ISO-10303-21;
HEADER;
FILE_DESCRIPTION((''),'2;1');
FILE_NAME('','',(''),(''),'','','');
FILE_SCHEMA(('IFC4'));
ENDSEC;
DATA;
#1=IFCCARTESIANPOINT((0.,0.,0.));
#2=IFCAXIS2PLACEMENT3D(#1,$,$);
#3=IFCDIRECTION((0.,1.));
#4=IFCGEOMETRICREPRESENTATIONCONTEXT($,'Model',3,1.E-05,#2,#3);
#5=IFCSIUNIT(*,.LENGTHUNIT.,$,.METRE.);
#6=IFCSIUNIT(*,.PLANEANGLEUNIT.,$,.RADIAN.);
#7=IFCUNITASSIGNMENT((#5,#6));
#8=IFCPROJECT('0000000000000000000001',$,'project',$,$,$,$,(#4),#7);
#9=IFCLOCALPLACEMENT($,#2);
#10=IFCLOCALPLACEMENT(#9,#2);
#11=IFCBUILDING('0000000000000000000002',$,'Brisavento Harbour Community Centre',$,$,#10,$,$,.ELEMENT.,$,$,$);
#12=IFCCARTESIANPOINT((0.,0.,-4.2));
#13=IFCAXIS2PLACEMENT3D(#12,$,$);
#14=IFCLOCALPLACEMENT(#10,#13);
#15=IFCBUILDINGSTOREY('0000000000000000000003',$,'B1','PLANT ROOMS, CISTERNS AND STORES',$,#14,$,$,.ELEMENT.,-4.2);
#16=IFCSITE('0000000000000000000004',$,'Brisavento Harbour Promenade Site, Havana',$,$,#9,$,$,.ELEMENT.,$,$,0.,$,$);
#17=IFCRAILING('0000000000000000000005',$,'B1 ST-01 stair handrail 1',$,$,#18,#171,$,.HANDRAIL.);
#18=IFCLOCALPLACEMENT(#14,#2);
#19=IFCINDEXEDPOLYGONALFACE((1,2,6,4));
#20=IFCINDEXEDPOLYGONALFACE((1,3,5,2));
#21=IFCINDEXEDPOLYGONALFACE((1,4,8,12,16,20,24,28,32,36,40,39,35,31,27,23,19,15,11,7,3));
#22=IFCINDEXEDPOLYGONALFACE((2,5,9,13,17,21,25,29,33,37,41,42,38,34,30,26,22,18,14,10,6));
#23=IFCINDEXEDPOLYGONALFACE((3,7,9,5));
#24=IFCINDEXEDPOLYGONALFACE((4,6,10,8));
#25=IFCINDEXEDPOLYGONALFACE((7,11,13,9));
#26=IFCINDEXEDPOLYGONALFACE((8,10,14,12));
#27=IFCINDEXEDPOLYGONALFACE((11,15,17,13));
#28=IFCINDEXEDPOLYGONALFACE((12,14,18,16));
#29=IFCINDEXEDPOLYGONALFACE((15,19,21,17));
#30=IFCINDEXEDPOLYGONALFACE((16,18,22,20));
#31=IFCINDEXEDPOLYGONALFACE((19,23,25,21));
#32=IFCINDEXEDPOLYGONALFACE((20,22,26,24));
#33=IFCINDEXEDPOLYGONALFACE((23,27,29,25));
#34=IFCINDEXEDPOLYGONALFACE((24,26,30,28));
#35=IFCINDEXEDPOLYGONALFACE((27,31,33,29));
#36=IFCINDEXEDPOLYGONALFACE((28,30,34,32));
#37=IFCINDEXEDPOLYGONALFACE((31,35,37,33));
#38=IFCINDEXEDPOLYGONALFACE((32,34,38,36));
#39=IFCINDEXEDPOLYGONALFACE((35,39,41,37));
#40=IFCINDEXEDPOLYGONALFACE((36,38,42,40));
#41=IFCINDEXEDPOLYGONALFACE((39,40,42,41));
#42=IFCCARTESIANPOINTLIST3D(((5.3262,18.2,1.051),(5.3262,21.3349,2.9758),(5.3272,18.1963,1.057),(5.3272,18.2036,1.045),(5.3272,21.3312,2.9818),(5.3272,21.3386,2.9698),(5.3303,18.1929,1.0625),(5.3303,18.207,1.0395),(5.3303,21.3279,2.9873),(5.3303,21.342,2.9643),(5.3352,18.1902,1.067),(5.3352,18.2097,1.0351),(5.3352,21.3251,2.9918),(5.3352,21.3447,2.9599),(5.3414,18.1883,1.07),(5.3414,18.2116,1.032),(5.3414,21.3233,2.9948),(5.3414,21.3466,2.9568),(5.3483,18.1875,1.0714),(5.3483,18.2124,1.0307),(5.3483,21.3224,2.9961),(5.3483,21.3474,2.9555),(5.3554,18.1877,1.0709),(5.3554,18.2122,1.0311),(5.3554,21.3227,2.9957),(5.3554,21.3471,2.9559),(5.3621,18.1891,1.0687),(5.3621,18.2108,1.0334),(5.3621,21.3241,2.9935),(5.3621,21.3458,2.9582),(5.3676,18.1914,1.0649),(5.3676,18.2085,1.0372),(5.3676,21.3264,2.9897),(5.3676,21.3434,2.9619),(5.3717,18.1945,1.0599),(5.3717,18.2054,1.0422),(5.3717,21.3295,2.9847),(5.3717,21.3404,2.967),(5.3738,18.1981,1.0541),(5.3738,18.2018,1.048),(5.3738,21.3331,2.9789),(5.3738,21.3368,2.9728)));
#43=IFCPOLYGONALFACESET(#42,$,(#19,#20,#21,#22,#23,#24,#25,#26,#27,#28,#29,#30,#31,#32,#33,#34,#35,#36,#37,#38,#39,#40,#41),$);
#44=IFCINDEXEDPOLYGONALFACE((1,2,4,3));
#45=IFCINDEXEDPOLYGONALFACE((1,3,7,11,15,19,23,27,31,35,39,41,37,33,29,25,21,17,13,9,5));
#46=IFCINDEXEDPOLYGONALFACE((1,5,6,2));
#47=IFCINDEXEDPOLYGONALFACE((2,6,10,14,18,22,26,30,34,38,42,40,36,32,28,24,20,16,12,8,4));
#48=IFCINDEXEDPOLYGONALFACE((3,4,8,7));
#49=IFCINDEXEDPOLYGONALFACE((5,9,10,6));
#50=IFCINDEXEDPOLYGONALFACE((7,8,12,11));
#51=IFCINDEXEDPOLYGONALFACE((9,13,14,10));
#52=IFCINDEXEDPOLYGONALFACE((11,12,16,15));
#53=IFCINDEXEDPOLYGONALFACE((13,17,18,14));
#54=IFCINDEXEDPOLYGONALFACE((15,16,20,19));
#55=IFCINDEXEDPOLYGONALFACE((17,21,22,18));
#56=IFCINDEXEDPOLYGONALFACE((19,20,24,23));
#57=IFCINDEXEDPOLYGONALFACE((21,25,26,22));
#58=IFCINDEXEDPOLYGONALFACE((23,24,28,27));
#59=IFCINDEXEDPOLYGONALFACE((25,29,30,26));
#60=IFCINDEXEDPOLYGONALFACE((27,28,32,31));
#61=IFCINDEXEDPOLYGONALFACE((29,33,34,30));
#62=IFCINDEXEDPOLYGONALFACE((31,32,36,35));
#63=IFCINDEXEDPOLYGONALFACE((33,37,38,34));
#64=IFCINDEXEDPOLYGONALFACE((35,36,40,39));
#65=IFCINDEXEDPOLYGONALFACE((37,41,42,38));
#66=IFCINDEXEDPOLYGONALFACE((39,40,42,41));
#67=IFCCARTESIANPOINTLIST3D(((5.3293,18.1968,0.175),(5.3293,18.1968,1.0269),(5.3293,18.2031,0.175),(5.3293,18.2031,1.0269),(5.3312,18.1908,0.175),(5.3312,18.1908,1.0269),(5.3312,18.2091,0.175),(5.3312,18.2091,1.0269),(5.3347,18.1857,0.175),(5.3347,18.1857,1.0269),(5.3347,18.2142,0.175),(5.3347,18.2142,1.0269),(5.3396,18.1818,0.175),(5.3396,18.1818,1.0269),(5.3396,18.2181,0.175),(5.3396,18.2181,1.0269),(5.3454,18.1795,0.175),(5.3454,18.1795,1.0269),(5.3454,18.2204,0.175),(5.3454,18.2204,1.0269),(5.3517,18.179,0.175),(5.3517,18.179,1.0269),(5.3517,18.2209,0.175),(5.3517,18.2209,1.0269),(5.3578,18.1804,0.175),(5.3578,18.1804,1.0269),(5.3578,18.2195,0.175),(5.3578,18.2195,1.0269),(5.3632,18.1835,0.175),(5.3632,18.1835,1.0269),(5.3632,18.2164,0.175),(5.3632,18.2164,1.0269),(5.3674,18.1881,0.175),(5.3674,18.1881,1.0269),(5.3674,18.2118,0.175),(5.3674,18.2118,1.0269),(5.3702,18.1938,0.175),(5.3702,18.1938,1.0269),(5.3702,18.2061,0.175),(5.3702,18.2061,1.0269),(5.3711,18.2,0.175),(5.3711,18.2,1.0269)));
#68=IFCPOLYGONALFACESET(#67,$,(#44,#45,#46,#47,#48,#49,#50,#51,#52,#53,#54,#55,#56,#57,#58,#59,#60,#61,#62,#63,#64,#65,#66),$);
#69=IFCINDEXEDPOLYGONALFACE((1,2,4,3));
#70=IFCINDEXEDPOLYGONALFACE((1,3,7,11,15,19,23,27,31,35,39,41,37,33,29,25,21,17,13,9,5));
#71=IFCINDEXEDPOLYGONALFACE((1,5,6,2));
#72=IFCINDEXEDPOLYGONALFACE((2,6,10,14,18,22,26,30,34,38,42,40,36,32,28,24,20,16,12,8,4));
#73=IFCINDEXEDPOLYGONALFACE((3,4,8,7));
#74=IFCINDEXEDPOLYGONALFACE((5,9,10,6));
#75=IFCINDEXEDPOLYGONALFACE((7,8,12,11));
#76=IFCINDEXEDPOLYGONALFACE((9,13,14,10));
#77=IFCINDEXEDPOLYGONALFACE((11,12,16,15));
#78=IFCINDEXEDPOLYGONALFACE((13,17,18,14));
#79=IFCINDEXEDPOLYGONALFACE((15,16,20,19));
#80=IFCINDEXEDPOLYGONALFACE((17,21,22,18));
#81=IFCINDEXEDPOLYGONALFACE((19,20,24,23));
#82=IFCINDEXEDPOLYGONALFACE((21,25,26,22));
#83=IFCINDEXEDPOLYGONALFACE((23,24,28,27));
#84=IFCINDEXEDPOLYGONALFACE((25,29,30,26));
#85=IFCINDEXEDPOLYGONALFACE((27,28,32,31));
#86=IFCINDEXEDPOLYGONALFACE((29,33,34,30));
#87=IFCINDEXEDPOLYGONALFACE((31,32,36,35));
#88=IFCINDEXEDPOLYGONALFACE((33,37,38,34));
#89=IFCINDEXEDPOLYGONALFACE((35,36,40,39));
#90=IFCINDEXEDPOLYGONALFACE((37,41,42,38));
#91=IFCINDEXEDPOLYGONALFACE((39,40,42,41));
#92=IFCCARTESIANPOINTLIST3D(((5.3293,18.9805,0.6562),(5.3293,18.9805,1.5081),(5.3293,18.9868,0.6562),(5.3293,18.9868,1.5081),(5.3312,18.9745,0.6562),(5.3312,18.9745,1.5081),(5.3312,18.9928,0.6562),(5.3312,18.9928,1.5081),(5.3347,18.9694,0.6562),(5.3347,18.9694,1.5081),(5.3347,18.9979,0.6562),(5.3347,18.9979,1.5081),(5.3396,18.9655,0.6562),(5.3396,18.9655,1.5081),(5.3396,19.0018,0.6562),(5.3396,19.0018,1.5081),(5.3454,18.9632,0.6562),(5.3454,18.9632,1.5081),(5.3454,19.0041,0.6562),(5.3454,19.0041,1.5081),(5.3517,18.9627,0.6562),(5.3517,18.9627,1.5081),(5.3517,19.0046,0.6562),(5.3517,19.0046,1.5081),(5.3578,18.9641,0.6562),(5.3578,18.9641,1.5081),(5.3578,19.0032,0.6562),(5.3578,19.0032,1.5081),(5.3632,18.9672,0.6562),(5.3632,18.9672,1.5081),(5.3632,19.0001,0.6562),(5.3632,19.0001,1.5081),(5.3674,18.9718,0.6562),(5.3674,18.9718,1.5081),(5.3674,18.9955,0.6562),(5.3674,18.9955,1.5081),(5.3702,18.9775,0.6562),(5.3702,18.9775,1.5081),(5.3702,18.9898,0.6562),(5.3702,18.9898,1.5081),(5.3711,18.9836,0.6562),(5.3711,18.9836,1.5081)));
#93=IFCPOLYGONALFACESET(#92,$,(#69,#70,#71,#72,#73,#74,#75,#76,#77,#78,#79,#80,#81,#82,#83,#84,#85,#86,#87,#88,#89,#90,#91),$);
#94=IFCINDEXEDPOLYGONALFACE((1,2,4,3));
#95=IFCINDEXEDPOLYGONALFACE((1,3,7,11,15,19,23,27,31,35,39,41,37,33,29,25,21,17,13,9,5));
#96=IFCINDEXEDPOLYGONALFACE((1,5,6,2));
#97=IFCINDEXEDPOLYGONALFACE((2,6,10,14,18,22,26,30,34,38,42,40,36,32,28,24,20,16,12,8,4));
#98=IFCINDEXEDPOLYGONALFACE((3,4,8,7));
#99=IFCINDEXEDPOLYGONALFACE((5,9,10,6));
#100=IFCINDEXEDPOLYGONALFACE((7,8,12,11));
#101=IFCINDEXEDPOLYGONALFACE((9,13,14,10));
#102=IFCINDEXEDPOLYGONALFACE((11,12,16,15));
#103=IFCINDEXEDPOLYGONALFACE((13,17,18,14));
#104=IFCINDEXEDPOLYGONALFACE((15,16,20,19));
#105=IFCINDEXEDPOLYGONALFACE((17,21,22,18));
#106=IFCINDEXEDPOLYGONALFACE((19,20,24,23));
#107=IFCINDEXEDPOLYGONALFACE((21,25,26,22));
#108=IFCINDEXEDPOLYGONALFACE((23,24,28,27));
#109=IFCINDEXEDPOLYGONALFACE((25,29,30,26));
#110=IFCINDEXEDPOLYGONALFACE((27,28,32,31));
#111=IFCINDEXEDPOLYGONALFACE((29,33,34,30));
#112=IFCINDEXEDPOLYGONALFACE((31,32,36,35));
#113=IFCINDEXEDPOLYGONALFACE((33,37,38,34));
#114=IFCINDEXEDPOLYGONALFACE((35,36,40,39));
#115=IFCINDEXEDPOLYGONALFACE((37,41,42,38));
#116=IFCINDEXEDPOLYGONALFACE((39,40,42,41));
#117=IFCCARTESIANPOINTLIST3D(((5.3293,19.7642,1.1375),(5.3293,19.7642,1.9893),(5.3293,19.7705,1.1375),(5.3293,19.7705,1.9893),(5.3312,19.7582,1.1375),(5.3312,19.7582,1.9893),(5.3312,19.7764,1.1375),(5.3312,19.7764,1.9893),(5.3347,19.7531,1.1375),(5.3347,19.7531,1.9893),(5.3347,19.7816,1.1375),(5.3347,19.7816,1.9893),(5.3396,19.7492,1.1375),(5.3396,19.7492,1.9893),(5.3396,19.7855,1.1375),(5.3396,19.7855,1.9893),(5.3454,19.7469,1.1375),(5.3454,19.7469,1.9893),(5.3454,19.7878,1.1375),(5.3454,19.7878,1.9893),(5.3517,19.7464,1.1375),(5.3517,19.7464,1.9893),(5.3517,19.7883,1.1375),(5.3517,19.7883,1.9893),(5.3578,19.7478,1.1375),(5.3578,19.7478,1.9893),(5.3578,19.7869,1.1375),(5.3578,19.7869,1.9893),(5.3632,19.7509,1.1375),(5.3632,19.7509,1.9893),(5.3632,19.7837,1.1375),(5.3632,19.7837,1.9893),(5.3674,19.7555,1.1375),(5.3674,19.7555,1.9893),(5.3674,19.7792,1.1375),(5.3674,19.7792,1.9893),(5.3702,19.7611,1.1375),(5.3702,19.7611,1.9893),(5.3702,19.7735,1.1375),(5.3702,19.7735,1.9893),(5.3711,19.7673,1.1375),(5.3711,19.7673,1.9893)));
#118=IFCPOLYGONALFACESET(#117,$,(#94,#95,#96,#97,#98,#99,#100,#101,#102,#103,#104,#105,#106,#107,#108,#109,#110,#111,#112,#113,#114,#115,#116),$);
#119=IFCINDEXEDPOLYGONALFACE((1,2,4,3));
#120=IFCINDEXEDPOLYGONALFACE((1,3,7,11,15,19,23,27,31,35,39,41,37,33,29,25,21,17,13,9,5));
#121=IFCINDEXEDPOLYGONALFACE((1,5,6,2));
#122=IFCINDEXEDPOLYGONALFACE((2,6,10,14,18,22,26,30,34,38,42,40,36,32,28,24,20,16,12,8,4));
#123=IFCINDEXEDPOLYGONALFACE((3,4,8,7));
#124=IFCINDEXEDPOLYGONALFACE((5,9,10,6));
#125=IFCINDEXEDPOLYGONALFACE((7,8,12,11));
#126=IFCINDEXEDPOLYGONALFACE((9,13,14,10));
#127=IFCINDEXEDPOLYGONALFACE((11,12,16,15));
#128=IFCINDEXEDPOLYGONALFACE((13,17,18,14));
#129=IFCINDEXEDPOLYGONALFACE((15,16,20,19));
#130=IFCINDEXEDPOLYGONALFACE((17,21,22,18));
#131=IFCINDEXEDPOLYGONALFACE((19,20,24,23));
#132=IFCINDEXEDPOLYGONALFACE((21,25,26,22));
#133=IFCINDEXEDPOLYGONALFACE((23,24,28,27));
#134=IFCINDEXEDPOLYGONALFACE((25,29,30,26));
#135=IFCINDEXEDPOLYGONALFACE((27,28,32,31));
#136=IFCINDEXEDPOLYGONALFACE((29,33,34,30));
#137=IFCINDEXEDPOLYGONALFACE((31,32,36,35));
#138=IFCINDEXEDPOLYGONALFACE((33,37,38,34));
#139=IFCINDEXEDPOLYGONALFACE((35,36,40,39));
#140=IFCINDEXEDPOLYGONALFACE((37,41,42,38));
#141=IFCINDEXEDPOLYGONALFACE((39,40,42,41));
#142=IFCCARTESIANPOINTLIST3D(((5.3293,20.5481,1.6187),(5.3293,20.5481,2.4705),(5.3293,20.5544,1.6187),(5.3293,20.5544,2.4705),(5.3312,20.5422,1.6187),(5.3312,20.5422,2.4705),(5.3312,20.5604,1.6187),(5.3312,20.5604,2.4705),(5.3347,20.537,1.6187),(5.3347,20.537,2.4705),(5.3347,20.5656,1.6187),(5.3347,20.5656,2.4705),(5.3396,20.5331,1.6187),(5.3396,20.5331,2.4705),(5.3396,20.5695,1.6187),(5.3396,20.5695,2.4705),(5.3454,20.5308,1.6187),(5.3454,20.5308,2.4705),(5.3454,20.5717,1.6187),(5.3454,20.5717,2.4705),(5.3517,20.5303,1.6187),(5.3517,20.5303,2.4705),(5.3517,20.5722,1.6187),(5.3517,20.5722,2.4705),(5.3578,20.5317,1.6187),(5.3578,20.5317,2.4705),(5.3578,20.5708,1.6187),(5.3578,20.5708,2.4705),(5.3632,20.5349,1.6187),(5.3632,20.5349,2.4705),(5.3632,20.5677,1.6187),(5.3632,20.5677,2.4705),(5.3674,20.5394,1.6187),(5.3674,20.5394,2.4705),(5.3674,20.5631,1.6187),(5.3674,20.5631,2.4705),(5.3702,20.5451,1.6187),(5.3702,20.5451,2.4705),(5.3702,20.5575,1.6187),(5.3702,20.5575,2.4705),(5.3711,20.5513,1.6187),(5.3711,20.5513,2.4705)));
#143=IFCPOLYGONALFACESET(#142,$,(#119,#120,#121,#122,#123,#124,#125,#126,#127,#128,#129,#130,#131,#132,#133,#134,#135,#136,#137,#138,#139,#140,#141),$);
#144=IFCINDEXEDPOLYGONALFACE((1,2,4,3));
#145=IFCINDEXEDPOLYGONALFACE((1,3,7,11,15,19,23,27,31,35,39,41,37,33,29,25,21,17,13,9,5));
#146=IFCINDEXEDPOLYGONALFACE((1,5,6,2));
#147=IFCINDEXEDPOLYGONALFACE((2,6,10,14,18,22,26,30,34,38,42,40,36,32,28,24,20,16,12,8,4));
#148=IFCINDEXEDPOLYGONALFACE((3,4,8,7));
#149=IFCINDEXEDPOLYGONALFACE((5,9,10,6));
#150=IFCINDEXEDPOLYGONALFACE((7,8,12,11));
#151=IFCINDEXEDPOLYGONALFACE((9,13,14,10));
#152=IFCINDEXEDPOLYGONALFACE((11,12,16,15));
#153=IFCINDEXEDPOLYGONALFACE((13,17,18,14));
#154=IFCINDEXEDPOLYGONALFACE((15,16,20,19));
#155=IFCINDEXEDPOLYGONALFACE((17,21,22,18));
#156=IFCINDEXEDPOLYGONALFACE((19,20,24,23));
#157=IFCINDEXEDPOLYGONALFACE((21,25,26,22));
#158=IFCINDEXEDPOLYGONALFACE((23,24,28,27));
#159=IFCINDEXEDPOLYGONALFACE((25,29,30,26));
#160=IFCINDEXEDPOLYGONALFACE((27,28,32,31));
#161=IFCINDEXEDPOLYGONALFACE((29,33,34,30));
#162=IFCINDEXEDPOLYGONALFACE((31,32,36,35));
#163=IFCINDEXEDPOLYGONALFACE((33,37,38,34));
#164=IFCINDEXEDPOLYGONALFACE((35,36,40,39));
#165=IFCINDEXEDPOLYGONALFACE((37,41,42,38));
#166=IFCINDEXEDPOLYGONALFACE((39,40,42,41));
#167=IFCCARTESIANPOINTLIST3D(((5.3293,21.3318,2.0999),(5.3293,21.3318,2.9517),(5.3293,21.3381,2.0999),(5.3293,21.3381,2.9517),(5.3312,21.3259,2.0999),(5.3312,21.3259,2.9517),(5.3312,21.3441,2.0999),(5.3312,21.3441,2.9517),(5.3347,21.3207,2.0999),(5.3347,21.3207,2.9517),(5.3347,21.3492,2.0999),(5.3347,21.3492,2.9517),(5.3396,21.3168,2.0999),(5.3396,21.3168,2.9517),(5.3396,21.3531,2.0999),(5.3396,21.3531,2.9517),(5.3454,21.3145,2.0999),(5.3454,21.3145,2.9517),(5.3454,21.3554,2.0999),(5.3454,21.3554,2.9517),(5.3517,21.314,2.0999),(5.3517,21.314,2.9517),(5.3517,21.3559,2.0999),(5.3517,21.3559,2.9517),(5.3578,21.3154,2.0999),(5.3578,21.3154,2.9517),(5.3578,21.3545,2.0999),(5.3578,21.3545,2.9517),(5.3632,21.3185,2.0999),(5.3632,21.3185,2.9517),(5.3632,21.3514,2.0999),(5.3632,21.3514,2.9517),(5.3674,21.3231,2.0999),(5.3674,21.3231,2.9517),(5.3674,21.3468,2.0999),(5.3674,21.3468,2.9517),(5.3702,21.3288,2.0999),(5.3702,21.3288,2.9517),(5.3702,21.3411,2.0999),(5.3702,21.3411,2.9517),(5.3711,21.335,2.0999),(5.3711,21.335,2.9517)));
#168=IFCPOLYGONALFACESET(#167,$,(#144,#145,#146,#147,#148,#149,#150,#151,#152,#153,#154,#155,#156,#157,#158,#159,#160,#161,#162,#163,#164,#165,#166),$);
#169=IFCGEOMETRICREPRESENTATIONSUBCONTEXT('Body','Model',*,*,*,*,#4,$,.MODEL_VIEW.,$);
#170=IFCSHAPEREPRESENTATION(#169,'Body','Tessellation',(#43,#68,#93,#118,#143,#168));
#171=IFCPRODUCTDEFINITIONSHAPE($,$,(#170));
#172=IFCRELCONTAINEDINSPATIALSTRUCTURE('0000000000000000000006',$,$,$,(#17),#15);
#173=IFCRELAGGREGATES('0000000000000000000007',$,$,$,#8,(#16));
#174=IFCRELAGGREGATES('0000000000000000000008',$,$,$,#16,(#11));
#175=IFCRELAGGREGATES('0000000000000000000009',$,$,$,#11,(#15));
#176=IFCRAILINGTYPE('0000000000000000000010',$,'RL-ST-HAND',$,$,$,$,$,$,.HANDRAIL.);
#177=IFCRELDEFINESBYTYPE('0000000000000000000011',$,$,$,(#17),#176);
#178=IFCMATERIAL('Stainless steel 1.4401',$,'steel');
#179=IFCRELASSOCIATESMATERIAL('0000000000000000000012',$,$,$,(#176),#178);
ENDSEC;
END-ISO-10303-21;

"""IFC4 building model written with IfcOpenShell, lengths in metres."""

from ifc_helpers import new_model, si_unit, direction, frame, origin, origin_2d, place, context, subcontext, project, spatial, circle, extrude, material, type_object, element, save


model = new_model("IFC4")

# Units and contexts
model_context = context("Model", 3, precision=1e-05, world=origin(), true_north=direction((0.0, 1.0)))
body_context = subcontext(model_context, "Body", "Model", "MODEL_VIEW")
ifc_project = project(units=[si_unit("LENGTHUNIT", "METRE"), si_unit("PLANEANGLEUNIT", "RADIAN")], contexts=[model_context])

# Site, building, storey
site_placement = place(None, origin())
site = spatial("IfcSite", under=ifc_project, at=site_placement, Name="Brisavento Harbour Promenade Site, Havana", CompositionType="ELEMENT", RefElevation=0.0)
building_placement = place(site_placement, origin())
building = spatial("IfcBuilding", under=site, at=building_placement, Name="Brisavento Harbour Community Centre", CompositionType="ELEMENT")
storey_placement = place(building_placement, frame((0.0, 0.0, -4.2)))
storey = spatial("IfcBuildingStorey", under=building, at=storey_placement, Name="B1", Description="PLANT ROOMS, CISTERNS AND STORES", CompositionType="ELEMENT", Elevation=-4.2)

# Shared definitions
ifc_material_1 = material(Name="Stainless steel 1.4401", Category="steel")

# Railing
railing_type_1 = type_object("IfcRailingType", Name="RL-ST-HAND", PredefinedType="HANDRAIL", material=ifc_material_1)
railing_1_placement = place(storey_placement, frame((5.3501, 18.2, 0.175)))
element("IfcRailing", 1, at=railing_1_placement, inside=storey, type_object=railing_type_1, Name="B1 ST-01 stair handrail 1", PredefinedType="HANDRAIL", context=body_context, shape_type="SweptSolid", body=[
    extrude(circle(Radius=0.0239, at=origin_2d()), frame((0.0, 0.0, 0.876), z_axis=(0.0, 0.852196, 0.523223), x_axis=(-1.0, 0.0, 0.0)), (0.0, 0.0, 1.0), 3.6787),
    extrude(circle(Radius=0.021, at=origin_2d()), origin(), (0.0, 0.0, 1.0), 0.8518),
    extrude(circle(Radius=0.021, at=origin_2d()), frame((0.0, 0.7837, 0.4812)), (0.0, 0.0, 1.0), 0.8518),
    extrude(circle(Radius=0.021, at=origin_2d()), frame((0.0, 1.5674, 0.9624)), (0.0, 0.0, 1.0), 0.8518),
    extrude(circle(Radius=0.021, at=origin_2d()), frame((0.0, 2.3513, 1.4436)), (0.0, 0.0, 1.0), 0.8518),
    extrude(circle(Radius=0.021, at=origin_2d()), frame((0.0, 3.135, 1.9248)), (0.0, 0.0, 1.0), 0.8518),
])

save(model, "model.ifc")
